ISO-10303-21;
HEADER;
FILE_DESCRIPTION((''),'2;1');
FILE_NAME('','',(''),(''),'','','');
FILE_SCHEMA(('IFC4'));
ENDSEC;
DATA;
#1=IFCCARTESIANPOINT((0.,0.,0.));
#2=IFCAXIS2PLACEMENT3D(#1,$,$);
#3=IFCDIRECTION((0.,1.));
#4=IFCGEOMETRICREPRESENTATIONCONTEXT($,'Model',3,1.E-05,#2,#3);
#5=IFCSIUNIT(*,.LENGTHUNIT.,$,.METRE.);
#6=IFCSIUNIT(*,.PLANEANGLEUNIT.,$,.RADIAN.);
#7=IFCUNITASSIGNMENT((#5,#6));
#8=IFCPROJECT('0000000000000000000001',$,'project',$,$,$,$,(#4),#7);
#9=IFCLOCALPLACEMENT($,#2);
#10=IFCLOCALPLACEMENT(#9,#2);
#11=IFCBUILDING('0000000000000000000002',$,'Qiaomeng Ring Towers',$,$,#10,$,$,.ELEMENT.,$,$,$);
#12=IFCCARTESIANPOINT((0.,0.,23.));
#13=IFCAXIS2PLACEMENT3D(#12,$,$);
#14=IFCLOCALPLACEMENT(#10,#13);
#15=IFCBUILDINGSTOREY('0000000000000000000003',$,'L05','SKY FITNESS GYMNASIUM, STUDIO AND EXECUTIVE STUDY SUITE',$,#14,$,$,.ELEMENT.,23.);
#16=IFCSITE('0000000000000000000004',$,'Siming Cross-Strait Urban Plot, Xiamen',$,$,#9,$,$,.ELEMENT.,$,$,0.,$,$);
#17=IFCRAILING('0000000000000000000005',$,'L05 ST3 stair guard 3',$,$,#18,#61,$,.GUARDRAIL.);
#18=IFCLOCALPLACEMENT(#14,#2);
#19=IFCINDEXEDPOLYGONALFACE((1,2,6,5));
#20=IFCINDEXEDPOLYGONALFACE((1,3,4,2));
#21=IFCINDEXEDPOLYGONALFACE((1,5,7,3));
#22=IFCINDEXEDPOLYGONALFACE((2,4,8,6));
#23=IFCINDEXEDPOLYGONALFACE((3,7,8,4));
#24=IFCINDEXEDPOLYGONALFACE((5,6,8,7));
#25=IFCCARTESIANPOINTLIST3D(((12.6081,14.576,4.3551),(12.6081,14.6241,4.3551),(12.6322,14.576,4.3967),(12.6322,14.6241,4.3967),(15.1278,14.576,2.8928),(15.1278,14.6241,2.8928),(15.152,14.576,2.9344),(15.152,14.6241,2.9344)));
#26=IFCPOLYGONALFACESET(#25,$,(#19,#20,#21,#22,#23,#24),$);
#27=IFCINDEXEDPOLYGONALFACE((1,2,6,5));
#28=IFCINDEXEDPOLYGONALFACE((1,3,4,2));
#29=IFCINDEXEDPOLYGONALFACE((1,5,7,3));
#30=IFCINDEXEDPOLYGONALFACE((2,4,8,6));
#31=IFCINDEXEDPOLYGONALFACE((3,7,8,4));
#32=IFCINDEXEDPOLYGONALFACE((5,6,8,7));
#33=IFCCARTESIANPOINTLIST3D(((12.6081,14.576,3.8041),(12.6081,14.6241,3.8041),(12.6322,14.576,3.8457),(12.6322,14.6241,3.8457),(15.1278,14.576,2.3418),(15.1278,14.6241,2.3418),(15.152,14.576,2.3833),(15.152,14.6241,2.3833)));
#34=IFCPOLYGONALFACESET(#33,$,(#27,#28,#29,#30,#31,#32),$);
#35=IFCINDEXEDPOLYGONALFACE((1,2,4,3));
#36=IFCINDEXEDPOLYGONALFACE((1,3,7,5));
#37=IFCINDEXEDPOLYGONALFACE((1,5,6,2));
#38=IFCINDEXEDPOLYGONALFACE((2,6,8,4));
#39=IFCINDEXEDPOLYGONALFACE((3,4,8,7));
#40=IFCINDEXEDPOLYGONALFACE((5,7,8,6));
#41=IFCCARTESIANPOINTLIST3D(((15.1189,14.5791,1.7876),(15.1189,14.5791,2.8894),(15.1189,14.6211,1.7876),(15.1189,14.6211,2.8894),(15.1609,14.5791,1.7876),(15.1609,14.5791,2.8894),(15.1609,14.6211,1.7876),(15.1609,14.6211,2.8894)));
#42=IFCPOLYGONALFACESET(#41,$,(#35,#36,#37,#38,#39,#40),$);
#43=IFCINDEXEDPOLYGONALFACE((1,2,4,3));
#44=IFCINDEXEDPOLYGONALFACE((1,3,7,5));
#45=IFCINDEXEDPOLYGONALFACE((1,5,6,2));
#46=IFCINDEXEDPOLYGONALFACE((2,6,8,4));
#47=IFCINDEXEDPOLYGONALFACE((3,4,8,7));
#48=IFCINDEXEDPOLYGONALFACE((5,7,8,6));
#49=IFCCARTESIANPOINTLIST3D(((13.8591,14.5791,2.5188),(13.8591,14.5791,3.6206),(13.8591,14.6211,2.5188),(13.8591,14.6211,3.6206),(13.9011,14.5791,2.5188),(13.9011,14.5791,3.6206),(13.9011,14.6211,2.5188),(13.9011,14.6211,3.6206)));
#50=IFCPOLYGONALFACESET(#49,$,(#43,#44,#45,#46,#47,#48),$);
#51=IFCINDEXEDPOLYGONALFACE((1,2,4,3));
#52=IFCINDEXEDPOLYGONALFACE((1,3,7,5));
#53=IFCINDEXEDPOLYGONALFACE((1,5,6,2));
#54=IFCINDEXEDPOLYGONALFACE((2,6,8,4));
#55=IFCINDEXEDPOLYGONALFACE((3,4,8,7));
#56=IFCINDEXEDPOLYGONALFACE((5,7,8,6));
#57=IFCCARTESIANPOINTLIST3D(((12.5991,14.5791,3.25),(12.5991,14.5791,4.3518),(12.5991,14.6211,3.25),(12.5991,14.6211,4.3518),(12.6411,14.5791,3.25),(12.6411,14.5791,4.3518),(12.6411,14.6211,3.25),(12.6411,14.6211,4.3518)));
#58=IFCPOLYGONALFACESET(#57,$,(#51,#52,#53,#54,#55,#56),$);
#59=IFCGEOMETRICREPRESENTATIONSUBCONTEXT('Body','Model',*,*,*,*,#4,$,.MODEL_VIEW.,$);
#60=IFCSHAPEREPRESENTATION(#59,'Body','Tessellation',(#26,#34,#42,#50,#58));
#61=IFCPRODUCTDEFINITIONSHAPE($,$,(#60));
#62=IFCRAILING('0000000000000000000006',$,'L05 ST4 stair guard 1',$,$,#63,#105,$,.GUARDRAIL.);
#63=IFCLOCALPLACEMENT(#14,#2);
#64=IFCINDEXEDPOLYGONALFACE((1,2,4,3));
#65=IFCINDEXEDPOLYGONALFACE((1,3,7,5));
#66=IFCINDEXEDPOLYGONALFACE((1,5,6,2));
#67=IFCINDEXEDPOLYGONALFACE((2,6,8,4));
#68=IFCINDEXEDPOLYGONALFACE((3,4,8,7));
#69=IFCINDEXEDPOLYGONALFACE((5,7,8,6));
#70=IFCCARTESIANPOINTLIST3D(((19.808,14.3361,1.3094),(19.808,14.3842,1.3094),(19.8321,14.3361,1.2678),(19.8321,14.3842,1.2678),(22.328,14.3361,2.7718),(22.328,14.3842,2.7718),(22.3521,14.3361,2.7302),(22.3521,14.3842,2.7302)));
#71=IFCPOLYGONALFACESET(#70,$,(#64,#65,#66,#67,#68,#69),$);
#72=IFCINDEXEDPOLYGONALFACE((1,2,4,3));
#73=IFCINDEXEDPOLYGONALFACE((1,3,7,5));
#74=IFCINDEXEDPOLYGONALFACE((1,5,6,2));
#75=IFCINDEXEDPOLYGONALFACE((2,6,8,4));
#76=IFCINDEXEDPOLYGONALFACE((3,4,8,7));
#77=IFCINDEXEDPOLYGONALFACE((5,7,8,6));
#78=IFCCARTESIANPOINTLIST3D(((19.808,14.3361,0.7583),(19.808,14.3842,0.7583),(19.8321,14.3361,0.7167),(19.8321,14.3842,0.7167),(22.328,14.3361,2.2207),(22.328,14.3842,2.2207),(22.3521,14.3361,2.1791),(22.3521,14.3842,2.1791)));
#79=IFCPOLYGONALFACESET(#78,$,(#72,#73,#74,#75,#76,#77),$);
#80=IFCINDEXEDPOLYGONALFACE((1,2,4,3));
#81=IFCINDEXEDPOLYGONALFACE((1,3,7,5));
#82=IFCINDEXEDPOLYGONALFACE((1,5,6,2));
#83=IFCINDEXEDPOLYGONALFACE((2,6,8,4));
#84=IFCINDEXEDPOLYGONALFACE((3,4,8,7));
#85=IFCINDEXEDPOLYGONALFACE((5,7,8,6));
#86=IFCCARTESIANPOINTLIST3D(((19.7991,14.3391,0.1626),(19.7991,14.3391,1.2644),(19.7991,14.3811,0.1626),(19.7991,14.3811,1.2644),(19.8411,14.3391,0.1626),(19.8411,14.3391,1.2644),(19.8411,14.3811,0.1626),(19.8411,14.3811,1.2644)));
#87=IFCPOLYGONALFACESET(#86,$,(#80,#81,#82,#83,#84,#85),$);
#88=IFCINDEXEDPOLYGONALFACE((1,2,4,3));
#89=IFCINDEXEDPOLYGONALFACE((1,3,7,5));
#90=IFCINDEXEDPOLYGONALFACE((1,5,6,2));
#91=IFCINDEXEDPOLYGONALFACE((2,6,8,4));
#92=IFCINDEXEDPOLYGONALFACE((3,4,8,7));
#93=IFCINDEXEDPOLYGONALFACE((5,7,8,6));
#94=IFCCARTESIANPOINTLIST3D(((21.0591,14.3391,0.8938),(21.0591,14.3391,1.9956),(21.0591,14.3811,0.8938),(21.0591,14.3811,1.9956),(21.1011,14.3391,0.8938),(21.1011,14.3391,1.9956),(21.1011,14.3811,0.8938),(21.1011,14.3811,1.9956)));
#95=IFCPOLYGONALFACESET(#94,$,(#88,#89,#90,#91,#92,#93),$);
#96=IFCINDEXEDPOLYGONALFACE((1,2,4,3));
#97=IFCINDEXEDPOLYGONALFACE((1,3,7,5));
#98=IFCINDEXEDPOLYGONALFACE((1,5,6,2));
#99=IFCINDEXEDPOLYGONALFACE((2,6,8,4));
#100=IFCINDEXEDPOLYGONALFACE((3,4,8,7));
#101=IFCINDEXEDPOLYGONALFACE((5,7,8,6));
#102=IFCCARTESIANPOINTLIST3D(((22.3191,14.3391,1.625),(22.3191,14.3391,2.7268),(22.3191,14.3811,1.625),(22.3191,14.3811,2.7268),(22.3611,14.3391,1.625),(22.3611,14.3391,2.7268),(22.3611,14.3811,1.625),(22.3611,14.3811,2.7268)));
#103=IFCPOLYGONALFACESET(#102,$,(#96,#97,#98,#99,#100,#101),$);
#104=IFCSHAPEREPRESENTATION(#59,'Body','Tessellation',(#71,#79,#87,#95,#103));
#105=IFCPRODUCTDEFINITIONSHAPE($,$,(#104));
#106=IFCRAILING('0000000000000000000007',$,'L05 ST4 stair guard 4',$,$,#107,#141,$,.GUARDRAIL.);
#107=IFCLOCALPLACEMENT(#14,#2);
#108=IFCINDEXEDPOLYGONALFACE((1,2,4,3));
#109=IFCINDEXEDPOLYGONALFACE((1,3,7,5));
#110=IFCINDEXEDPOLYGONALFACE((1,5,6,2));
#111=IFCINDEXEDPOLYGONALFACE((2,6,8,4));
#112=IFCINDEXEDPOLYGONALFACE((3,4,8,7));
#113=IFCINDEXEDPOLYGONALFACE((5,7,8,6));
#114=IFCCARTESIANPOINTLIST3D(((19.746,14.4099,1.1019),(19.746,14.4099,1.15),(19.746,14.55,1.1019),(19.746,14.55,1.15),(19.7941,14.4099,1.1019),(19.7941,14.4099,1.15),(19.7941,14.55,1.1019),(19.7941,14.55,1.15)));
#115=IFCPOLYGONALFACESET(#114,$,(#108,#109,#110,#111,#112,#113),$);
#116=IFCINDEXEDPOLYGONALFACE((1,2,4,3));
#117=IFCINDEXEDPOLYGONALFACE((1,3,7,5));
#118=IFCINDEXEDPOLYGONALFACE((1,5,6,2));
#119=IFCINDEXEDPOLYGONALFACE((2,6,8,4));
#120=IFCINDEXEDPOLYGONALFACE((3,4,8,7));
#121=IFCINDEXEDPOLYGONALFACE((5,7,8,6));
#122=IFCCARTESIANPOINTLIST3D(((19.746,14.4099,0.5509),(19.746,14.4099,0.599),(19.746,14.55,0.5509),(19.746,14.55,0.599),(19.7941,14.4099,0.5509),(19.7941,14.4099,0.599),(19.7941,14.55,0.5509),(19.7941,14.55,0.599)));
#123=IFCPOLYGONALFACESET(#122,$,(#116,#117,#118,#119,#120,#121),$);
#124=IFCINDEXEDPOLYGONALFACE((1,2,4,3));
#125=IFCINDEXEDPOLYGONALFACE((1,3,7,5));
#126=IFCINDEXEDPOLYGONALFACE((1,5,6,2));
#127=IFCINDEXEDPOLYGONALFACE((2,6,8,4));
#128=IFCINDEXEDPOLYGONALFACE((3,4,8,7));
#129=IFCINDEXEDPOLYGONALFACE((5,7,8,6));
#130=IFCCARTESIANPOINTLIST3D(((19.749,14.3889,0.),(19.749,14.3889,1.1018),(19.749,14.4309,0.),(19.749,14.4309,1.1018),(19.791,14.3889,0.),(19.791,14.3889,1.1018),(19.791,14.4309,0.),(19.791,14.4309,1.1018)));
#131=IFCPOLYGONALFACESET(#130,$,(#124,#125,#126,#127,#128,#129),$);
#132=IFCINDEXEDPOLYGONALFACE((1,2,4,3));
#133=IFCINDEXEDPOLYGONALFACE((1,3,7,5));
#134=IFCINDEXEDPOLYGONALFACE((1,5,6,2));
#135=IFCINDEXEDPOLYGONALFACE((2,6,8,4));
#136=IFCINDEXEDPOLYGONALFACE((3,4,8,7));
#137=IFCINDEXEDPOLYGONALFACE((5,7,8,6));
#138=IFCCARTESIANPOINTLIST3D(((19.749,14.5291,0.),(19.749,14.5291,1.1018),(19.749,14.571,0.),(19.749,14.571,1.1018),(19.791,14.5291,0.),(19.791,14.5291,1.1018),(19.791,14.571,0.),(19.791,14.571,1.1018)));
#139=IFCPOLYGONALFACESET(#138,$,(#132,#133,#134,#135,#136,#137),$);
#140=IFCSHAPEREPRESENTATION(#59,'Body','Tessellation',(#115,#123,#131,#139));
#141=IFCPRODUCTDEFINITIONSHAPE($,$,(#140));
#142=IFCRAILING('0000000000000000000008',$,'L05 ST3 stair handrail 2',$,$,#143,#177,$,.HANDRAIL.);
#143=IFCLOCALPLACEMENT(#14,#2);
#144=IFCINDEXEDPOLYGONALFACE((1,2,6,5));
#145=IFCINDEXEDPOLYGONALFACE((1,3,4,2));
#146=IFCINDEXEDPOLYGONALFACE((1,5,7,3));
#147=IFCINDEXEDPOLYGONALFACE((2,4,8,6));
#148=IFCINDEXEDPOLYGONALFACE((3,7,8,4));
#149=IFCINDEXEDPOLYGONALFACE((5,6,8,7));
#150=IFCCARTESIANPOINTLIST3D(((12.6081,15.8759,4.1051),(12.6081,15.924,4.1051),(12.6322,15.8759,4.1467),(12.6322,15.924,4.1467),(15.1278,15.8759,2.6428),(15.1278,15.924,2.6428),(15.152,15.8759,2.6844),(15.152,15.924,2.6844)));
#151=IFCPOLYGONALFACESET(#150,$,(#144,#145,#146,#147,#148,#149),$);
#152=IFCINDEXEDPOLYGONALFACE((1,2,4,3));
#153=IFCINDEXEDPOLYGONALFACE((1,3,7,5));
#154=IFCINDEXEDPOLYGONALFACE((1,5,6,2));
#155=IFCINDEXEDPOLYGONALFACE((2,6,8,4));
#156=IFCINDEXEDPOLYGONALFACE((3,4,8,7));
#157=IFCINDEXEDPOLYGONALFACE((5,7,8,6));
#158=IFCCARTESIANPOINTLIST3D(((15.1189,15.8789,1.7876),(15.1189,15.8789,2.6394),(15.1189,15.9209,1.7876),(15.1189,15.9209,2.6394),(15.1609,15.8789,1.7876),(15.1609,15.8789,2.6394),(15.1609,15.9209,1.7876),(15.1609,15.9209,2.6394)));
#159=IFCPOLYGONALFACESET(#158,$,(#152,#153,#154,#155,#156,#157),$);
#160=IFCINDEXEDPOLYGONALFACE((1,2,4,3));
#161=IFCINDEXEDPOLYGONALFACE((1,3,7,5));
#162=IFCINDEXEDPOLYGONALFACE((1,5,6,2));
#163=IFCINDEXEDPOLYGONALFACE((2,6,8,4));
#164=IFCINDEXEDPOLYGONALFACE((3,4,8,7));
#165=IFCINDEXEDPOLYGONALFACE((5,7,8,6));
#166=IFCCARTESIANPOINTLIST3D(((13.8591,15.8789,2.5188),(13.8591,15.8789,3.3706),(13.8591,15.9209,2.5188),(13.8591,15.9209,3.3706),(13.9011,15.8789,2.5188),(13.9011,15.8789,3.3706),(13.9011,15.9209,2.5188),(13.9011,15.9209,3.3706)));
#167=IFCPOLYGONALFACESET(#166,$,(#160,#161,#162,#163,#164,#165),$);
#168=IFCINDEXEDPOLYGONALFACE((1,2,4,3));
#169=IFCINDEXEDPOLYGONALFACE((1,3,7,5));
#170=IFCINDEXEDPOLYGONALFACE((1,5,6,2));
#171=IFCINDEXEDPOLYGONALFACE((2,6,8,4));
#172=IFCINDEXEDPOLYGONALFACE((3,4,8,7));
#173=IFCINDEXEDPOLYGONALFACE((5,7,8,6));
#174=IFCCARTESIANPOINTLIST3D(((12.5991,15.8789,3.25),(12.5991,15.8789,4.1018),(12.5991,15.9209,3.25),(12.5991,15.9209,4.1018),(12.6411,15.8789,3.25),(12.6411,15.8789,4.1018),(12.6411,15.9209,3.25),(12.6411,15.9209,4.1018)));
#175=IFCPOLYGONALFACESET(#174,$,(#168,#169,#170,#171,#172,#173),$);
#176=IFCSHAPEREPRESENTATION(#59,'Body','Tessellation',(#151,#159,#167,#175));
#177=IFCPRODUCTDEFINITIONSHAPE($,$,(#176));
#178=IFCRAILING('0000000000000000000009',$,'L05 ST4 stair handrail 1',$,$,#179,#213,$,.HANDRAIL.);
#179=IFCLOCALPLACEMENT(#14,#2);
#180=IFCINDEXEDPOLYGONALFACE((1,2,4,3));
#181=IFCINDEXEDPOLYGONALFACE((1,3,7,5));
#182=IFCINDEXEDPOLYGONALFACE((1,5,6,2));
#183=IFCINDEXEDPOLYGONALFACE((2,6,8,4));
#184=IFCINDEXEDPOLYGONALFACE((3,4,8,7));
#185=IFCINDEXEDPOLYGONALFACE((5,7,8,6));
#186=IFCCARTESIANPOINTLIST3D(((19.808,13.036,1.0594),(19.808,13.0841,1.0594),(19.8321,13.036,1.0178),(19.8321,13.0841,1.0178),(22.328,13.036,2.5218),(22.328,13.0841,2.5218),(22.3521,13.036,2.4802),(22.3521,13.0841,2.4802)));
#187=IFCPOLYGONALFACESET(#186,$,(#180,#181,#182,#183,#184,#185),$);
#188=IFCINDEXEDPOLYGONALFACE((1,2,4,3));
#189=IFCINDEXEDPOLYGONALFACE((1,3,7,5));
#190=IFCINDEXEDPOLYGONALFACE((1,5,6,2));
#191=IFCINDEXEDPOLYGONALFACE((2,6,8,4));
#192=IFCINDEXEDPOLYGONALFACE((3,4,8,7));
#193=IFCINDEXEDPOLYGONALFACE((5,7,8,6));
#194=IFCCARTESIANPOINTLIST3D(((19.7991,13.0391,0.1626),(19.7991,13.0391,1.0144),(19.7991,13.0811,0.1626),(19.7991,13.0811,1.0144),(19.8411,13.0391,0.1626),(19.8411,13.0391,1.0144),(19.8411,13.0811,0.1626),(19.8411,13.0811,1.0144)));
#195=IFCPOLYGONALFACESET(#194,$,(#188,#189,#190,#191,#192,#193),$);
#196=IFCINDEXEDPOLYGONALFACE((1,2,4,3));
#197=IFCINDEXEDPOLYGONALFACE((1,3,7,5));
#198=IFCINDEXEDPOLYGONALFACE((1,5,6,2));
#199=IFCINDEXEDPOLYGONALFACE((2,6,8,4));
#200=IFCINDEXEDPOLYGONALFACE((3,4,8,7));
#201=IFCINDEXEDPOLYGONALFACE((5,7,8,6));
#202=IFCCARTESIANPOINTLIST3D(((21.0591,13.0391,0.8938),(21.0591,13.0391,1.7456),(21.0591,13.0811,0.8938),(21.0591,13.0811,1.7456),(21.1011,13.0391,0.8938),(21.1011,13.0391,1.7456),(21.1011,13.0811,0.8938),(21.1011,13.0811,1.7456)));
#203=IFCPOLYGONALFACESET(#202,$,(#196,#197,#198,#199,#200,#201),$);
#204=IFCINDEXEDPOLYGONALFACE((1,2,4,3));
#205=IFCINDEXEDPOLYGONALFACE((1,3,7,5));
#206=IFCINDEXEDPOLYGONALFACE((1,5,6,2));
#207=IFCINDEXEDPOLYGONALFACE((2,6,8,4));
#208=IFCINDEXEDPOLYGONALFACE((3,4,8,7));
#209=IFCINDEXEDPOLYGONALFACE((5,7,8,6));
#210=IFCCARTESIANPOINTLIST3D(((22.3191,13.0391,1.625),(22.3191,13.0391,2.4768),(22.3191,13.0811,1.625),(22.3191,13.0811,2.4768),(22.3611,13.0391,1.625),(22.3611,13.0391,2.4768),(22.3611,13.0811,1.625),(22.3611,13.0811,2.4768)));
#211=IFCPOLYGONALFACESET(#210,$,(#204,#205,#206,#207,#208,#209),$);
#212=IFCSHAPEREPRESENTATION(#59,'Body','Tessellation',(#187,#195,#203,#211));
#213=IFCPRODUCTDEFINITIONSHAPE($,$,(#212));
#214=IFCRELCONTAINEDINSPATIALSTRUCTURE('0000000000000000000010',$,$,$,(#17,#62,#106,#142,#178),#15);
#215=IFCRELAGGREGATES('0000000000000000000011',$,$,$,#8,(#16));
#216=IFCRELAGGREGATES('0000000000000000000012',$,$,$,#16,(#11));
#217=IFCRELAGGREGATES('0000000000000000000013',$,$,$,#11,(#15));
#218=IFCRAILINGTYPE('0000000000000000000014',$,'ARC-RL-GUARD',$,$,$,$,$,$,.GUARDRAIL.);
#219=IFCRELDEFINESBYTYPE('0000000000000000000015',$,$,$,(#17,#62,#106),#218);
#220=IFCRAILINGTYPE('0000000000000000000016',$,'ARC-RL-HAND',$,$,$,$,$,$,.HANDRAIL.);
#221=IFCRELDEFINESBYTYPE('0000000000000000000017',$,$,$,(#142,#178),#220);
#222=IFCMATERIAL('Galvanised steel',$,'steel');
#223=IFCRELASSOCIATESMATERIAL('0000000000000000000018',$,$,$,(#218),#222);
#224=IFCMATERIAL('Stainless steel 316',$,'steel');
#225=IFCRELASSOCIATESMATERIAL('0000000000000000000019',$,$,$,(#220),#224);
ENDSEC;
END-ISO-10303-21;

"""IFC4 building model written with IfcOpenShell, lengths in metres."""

from ifc_helpers import new_model, si_unit, direction, frame, origin, origin_2d, place, context, subcontext, project, spatial, rectangle, extrude, material, type_object, element, save


model = new_model("IFC4")

# Units and contexts
model_context = context("Model", 3, precision=1e-05, world=origin(), true_north=direction((0.0, 1.0)))
body_context = subcontext(model_context, "Body", "Model", "MODEL_VIEW")
ifc_project = project(units=[si_unit("LENGTHUNIT", "METRE"), si_unit("PLANEANGLEUNIT", "RADIAN")], contexts=[model_context])

# Site, building, storey
site_placement = place(None, origin())
site = spatial("IfcSite", under=ifc_project, at=site_placement, Name="Siming Cross-Strait Urban Plot, Xiamen", CompositionType="ELEMENT", RefElevation=0.0)
building_placement = place(site_placement, origin())
building = spatial("IfcBuilding", under=site, at=building_placement, Name="Qiaomeng Ring Towers", CompositionType="ELEMENT")
storey_placement = place(building_placement, frame((0.0, 0.0, 23.0)))
storey = spatial("IfcBuildingStorey", under=building, at=storey_placement, Name="L05", Description="SKY FITNESS GYMNASIUM, STUDIO AND EXECUTIVE STUDY SUITE", CompositionType="ELEMENT", Elevation=23.0)

# Shared definitions
ifc_material_1 = material(Name="Galvanised steel", Category="steel")

# Railings
railing_type_1 = type_object("IfcRailingType", Name="ARC-RL-GUARD", PredefinedType="GUARDRAIL", material=ifc_material_1)
railing_1_placement = place(storey_placement, frame((15.1399, 14.6001, 1.7876)))
element("IfcRailing", 1, at=railing_1_placement, inside=storey, type_object=railing_type_1, Name="L05 ST3 stair guard 3", PredefinedType="GUARDRAIL", context=body_context, shape_type="SweptSolid", body=[
    extrude(rectangle(XDim=0.0481, YDim=0.0481, at=origin_2d()), frame((0.0, 0.0, 1.126), z_axis=(-0.864892, 0.0, 0.501958), x_axis=(0.0, -1.0, 0.0)), (0.0, 0.0, 1.0), 2.9133),
    extrude(rectangle(XDim=0.0481, YDim=0.0481, at=origin_2d()), frame((0.0, 0.0, 0.575), z_axis=(-0.864892, 0.0, 0.501958), x_axis=(0.0, -1.0, 0.0)), (0.0, 0.0, 1.0), 2.9133),
    extrude(rectangle(XDim=0.042, YDim=0.042, at=origin_2d()), origin(), (0.0, 0.0, 1.0), 1.1018),
    extrude(rectangle(XDim=0.042, YDim=0.042, at=origin_2d()), frame((-1.2598, 0.0, 0.7312)), (0.0, 0.0, 1.0), 1.1018),
    extrude(rectangle(XDim=0.042, YDim=0.042, at=origin_2d()), frame((-2.5198, 0.0, 1.4624)), (0.0, 0.0, 1.0), 1.1018),
])
railing_2_placement = place(storey_placement, frame((19.8201, 14.3601, 0.1626)))
element("IfcRailing", 2, at=railing_2_placement, inside=storey, type_object=railing_type_1, Name="L05 ST4 stair guard 1", PredefinedType="GUARDRAIL", context=body_context, shape_type="SweptSolid", body=[
    extrude(rectangle(XDim=0.0481, YDim=0.0481, at=origin_2d()), frame((0.0, 0.0, 1.126), z_axis=(0.864913, 0.0, 0.501921), x_axis=(0.0, 1.0, 0.0)), (0.0, 0.0, 1.0), 2.9136),
    extrude(rectangle(XDim=0.0481, YDim=0.0481, at=origin_2d()), frame((0.0, 0.0, 0.575), z_axis=(0.864913, 0.0, 0.501921), x_axis=(0.0, 1.0, 0.0)), (0.0, 0.0, 1.0), 2.9136),
    extrude(rectangle(XDim=0.042, YDim=0.042, at=origin_2d()), origin(), (0.0, 0.0, 1.0), 1.1018),
    extrude(rectangle(XDim=0.042, YDim=0.042, at=origin_2d()), frame((1.26, 0.0, 0.7312)), (0.0, 0.0, 1.0), 1.1018),
    extrude(rectangle(XDim=0.042, YDim=0.042, at=origin_2d()), frame((2.52, 0.0, 1.4624)), (0.0, 0.0, 1.0), 1.1018),
])
railing_3_placement = place(storey_placement, frame((19.77, 14.4099, 0.0)))
element("IfcRailing", 3, at=railing_3_placement, inside=storey, type_object=railing_type_1, Name="L05 ST4 stair guard 4", PredefinedType="GUARDRAIL", context=body_context, shape_type="SweptSolid", body=[
    extrude(rectangle(XDim=0.0481, YDim=0.0481, at=origin_2d()), frame((0.0, 0.0, 1.126), z_axis=(0.0, 1.0, 0.0), x_axis=(-1.0, 0.0, 0.0)), (0.0, 0.0, 1.0), 0.1401),
    extrude(rectangle(XDim=0.0481, YDim=0.0481, at=origin_2d()), frame((0.0, 0.0, 0.575), z_axis=(0.0, 1.0, 0.0), x_axis=(-1.0, 0.0, 0.0)), (0.0, 0.0, 1.0), 0.1401),
    extrude(rectangle(XDim=0.042, YDim=0.042, at=origin_2d()), origin(), (0.0, 0.0, 1.0), 1.1018),
    extrude(rectangle(XDim=0.042, YDim=0.042, at=origin_2d()), frame((0.0, 0.1401, 0.0)), (0.0, 0.0, 1.0), 1.1018),
])
ifc_material_2 = material(Name="Stainless steel 316", Category="steel")
railing_type_2 = type_object("IfcRailingType", Name="ARC-RL-HAND", PredefinedType="HANDRAIL", material=ifc_material_2)
railing_4_placement = place(storey_placement, frame((15.1399, 15.8999, 1.7876)))
element("IfcRailing", 4, at=railing_4_placement, inside=storey, type_object=railing_type_2, Name="L05 ST3 stair handrail 2", PredefinedType="HANDRAIL", context=body_context, shape_type="SweptSolid", body=[
    extrude(rectangle(XDim=0.0481, YDim=0.0481, at=origin_2d()), frame((0.0, 0.0, 0.876), z_axis=(-0.864892, 0.0, 0.501958), x_axis=(0.0, -1.0, 0.0)), (0.0, 0.0, 1.0), 2.9133),
    extrude(rectangle(XDim=0.042, YDim=0.042, at=origin_2d()), origin(), (0.0, 0.0, 1.0), 0.8518),
    extrude(rectangle(XDim=0.042, YDim=0.042, at=origin_2d()), frame((-1.2598, 0.0, 0.7312)), (0.0, 0.0, 1.0), 0.8518),
    extrude(rectangle(XDim=0.042, YDim=0.042, at=origin_2d()), frame((-2.5198, 0.0, 1.4624)), (0.0, 0.0, 1.0), 0.8518),
])
railing_5_placement = place(storey_placement, frame((19.8201, 13.0601, 0.1626)))
element("IfcRailing", 5, at=railing_5_placement, inside=storey, type_object=railing_type_2, Name="L05 ST4 stair handrail 1", PredefinedType="HANDRAIL", context=body_context, shape_type="SweptSolid", body=[
    extrude(rectangle(XDim=0.0481, YDim=0.0481, at=origin_2d()), frame((0.0, 0.0, 0.876), z_axis=(0.864913, 0.0, 0.501921), x_axis=(0.0, 1.0, 0.0)), (0.0, 0.0, 1.0), 2.9136),
    extrude(rectangle(XDim=0.042, YDim=0.042, at=origin_2d()), origin(), (0.0, 0.0, 1.0), 0.8518),
    extrude(rectangle(XDim=0.042, YDim=0.042, at=origin_2d()), frame((1.26, 0.0, 0.7312)), (0.0, 0.0, 1.0), 0.8518),
    extrude(rectangle(XDim=0.042, YDim=0.042, at=origin_2d()), frame((2.52, 0.0, 1.4624)), (0.0, 0.0, 1.0), 0.8518),
])

save(model, "model.ifc")
